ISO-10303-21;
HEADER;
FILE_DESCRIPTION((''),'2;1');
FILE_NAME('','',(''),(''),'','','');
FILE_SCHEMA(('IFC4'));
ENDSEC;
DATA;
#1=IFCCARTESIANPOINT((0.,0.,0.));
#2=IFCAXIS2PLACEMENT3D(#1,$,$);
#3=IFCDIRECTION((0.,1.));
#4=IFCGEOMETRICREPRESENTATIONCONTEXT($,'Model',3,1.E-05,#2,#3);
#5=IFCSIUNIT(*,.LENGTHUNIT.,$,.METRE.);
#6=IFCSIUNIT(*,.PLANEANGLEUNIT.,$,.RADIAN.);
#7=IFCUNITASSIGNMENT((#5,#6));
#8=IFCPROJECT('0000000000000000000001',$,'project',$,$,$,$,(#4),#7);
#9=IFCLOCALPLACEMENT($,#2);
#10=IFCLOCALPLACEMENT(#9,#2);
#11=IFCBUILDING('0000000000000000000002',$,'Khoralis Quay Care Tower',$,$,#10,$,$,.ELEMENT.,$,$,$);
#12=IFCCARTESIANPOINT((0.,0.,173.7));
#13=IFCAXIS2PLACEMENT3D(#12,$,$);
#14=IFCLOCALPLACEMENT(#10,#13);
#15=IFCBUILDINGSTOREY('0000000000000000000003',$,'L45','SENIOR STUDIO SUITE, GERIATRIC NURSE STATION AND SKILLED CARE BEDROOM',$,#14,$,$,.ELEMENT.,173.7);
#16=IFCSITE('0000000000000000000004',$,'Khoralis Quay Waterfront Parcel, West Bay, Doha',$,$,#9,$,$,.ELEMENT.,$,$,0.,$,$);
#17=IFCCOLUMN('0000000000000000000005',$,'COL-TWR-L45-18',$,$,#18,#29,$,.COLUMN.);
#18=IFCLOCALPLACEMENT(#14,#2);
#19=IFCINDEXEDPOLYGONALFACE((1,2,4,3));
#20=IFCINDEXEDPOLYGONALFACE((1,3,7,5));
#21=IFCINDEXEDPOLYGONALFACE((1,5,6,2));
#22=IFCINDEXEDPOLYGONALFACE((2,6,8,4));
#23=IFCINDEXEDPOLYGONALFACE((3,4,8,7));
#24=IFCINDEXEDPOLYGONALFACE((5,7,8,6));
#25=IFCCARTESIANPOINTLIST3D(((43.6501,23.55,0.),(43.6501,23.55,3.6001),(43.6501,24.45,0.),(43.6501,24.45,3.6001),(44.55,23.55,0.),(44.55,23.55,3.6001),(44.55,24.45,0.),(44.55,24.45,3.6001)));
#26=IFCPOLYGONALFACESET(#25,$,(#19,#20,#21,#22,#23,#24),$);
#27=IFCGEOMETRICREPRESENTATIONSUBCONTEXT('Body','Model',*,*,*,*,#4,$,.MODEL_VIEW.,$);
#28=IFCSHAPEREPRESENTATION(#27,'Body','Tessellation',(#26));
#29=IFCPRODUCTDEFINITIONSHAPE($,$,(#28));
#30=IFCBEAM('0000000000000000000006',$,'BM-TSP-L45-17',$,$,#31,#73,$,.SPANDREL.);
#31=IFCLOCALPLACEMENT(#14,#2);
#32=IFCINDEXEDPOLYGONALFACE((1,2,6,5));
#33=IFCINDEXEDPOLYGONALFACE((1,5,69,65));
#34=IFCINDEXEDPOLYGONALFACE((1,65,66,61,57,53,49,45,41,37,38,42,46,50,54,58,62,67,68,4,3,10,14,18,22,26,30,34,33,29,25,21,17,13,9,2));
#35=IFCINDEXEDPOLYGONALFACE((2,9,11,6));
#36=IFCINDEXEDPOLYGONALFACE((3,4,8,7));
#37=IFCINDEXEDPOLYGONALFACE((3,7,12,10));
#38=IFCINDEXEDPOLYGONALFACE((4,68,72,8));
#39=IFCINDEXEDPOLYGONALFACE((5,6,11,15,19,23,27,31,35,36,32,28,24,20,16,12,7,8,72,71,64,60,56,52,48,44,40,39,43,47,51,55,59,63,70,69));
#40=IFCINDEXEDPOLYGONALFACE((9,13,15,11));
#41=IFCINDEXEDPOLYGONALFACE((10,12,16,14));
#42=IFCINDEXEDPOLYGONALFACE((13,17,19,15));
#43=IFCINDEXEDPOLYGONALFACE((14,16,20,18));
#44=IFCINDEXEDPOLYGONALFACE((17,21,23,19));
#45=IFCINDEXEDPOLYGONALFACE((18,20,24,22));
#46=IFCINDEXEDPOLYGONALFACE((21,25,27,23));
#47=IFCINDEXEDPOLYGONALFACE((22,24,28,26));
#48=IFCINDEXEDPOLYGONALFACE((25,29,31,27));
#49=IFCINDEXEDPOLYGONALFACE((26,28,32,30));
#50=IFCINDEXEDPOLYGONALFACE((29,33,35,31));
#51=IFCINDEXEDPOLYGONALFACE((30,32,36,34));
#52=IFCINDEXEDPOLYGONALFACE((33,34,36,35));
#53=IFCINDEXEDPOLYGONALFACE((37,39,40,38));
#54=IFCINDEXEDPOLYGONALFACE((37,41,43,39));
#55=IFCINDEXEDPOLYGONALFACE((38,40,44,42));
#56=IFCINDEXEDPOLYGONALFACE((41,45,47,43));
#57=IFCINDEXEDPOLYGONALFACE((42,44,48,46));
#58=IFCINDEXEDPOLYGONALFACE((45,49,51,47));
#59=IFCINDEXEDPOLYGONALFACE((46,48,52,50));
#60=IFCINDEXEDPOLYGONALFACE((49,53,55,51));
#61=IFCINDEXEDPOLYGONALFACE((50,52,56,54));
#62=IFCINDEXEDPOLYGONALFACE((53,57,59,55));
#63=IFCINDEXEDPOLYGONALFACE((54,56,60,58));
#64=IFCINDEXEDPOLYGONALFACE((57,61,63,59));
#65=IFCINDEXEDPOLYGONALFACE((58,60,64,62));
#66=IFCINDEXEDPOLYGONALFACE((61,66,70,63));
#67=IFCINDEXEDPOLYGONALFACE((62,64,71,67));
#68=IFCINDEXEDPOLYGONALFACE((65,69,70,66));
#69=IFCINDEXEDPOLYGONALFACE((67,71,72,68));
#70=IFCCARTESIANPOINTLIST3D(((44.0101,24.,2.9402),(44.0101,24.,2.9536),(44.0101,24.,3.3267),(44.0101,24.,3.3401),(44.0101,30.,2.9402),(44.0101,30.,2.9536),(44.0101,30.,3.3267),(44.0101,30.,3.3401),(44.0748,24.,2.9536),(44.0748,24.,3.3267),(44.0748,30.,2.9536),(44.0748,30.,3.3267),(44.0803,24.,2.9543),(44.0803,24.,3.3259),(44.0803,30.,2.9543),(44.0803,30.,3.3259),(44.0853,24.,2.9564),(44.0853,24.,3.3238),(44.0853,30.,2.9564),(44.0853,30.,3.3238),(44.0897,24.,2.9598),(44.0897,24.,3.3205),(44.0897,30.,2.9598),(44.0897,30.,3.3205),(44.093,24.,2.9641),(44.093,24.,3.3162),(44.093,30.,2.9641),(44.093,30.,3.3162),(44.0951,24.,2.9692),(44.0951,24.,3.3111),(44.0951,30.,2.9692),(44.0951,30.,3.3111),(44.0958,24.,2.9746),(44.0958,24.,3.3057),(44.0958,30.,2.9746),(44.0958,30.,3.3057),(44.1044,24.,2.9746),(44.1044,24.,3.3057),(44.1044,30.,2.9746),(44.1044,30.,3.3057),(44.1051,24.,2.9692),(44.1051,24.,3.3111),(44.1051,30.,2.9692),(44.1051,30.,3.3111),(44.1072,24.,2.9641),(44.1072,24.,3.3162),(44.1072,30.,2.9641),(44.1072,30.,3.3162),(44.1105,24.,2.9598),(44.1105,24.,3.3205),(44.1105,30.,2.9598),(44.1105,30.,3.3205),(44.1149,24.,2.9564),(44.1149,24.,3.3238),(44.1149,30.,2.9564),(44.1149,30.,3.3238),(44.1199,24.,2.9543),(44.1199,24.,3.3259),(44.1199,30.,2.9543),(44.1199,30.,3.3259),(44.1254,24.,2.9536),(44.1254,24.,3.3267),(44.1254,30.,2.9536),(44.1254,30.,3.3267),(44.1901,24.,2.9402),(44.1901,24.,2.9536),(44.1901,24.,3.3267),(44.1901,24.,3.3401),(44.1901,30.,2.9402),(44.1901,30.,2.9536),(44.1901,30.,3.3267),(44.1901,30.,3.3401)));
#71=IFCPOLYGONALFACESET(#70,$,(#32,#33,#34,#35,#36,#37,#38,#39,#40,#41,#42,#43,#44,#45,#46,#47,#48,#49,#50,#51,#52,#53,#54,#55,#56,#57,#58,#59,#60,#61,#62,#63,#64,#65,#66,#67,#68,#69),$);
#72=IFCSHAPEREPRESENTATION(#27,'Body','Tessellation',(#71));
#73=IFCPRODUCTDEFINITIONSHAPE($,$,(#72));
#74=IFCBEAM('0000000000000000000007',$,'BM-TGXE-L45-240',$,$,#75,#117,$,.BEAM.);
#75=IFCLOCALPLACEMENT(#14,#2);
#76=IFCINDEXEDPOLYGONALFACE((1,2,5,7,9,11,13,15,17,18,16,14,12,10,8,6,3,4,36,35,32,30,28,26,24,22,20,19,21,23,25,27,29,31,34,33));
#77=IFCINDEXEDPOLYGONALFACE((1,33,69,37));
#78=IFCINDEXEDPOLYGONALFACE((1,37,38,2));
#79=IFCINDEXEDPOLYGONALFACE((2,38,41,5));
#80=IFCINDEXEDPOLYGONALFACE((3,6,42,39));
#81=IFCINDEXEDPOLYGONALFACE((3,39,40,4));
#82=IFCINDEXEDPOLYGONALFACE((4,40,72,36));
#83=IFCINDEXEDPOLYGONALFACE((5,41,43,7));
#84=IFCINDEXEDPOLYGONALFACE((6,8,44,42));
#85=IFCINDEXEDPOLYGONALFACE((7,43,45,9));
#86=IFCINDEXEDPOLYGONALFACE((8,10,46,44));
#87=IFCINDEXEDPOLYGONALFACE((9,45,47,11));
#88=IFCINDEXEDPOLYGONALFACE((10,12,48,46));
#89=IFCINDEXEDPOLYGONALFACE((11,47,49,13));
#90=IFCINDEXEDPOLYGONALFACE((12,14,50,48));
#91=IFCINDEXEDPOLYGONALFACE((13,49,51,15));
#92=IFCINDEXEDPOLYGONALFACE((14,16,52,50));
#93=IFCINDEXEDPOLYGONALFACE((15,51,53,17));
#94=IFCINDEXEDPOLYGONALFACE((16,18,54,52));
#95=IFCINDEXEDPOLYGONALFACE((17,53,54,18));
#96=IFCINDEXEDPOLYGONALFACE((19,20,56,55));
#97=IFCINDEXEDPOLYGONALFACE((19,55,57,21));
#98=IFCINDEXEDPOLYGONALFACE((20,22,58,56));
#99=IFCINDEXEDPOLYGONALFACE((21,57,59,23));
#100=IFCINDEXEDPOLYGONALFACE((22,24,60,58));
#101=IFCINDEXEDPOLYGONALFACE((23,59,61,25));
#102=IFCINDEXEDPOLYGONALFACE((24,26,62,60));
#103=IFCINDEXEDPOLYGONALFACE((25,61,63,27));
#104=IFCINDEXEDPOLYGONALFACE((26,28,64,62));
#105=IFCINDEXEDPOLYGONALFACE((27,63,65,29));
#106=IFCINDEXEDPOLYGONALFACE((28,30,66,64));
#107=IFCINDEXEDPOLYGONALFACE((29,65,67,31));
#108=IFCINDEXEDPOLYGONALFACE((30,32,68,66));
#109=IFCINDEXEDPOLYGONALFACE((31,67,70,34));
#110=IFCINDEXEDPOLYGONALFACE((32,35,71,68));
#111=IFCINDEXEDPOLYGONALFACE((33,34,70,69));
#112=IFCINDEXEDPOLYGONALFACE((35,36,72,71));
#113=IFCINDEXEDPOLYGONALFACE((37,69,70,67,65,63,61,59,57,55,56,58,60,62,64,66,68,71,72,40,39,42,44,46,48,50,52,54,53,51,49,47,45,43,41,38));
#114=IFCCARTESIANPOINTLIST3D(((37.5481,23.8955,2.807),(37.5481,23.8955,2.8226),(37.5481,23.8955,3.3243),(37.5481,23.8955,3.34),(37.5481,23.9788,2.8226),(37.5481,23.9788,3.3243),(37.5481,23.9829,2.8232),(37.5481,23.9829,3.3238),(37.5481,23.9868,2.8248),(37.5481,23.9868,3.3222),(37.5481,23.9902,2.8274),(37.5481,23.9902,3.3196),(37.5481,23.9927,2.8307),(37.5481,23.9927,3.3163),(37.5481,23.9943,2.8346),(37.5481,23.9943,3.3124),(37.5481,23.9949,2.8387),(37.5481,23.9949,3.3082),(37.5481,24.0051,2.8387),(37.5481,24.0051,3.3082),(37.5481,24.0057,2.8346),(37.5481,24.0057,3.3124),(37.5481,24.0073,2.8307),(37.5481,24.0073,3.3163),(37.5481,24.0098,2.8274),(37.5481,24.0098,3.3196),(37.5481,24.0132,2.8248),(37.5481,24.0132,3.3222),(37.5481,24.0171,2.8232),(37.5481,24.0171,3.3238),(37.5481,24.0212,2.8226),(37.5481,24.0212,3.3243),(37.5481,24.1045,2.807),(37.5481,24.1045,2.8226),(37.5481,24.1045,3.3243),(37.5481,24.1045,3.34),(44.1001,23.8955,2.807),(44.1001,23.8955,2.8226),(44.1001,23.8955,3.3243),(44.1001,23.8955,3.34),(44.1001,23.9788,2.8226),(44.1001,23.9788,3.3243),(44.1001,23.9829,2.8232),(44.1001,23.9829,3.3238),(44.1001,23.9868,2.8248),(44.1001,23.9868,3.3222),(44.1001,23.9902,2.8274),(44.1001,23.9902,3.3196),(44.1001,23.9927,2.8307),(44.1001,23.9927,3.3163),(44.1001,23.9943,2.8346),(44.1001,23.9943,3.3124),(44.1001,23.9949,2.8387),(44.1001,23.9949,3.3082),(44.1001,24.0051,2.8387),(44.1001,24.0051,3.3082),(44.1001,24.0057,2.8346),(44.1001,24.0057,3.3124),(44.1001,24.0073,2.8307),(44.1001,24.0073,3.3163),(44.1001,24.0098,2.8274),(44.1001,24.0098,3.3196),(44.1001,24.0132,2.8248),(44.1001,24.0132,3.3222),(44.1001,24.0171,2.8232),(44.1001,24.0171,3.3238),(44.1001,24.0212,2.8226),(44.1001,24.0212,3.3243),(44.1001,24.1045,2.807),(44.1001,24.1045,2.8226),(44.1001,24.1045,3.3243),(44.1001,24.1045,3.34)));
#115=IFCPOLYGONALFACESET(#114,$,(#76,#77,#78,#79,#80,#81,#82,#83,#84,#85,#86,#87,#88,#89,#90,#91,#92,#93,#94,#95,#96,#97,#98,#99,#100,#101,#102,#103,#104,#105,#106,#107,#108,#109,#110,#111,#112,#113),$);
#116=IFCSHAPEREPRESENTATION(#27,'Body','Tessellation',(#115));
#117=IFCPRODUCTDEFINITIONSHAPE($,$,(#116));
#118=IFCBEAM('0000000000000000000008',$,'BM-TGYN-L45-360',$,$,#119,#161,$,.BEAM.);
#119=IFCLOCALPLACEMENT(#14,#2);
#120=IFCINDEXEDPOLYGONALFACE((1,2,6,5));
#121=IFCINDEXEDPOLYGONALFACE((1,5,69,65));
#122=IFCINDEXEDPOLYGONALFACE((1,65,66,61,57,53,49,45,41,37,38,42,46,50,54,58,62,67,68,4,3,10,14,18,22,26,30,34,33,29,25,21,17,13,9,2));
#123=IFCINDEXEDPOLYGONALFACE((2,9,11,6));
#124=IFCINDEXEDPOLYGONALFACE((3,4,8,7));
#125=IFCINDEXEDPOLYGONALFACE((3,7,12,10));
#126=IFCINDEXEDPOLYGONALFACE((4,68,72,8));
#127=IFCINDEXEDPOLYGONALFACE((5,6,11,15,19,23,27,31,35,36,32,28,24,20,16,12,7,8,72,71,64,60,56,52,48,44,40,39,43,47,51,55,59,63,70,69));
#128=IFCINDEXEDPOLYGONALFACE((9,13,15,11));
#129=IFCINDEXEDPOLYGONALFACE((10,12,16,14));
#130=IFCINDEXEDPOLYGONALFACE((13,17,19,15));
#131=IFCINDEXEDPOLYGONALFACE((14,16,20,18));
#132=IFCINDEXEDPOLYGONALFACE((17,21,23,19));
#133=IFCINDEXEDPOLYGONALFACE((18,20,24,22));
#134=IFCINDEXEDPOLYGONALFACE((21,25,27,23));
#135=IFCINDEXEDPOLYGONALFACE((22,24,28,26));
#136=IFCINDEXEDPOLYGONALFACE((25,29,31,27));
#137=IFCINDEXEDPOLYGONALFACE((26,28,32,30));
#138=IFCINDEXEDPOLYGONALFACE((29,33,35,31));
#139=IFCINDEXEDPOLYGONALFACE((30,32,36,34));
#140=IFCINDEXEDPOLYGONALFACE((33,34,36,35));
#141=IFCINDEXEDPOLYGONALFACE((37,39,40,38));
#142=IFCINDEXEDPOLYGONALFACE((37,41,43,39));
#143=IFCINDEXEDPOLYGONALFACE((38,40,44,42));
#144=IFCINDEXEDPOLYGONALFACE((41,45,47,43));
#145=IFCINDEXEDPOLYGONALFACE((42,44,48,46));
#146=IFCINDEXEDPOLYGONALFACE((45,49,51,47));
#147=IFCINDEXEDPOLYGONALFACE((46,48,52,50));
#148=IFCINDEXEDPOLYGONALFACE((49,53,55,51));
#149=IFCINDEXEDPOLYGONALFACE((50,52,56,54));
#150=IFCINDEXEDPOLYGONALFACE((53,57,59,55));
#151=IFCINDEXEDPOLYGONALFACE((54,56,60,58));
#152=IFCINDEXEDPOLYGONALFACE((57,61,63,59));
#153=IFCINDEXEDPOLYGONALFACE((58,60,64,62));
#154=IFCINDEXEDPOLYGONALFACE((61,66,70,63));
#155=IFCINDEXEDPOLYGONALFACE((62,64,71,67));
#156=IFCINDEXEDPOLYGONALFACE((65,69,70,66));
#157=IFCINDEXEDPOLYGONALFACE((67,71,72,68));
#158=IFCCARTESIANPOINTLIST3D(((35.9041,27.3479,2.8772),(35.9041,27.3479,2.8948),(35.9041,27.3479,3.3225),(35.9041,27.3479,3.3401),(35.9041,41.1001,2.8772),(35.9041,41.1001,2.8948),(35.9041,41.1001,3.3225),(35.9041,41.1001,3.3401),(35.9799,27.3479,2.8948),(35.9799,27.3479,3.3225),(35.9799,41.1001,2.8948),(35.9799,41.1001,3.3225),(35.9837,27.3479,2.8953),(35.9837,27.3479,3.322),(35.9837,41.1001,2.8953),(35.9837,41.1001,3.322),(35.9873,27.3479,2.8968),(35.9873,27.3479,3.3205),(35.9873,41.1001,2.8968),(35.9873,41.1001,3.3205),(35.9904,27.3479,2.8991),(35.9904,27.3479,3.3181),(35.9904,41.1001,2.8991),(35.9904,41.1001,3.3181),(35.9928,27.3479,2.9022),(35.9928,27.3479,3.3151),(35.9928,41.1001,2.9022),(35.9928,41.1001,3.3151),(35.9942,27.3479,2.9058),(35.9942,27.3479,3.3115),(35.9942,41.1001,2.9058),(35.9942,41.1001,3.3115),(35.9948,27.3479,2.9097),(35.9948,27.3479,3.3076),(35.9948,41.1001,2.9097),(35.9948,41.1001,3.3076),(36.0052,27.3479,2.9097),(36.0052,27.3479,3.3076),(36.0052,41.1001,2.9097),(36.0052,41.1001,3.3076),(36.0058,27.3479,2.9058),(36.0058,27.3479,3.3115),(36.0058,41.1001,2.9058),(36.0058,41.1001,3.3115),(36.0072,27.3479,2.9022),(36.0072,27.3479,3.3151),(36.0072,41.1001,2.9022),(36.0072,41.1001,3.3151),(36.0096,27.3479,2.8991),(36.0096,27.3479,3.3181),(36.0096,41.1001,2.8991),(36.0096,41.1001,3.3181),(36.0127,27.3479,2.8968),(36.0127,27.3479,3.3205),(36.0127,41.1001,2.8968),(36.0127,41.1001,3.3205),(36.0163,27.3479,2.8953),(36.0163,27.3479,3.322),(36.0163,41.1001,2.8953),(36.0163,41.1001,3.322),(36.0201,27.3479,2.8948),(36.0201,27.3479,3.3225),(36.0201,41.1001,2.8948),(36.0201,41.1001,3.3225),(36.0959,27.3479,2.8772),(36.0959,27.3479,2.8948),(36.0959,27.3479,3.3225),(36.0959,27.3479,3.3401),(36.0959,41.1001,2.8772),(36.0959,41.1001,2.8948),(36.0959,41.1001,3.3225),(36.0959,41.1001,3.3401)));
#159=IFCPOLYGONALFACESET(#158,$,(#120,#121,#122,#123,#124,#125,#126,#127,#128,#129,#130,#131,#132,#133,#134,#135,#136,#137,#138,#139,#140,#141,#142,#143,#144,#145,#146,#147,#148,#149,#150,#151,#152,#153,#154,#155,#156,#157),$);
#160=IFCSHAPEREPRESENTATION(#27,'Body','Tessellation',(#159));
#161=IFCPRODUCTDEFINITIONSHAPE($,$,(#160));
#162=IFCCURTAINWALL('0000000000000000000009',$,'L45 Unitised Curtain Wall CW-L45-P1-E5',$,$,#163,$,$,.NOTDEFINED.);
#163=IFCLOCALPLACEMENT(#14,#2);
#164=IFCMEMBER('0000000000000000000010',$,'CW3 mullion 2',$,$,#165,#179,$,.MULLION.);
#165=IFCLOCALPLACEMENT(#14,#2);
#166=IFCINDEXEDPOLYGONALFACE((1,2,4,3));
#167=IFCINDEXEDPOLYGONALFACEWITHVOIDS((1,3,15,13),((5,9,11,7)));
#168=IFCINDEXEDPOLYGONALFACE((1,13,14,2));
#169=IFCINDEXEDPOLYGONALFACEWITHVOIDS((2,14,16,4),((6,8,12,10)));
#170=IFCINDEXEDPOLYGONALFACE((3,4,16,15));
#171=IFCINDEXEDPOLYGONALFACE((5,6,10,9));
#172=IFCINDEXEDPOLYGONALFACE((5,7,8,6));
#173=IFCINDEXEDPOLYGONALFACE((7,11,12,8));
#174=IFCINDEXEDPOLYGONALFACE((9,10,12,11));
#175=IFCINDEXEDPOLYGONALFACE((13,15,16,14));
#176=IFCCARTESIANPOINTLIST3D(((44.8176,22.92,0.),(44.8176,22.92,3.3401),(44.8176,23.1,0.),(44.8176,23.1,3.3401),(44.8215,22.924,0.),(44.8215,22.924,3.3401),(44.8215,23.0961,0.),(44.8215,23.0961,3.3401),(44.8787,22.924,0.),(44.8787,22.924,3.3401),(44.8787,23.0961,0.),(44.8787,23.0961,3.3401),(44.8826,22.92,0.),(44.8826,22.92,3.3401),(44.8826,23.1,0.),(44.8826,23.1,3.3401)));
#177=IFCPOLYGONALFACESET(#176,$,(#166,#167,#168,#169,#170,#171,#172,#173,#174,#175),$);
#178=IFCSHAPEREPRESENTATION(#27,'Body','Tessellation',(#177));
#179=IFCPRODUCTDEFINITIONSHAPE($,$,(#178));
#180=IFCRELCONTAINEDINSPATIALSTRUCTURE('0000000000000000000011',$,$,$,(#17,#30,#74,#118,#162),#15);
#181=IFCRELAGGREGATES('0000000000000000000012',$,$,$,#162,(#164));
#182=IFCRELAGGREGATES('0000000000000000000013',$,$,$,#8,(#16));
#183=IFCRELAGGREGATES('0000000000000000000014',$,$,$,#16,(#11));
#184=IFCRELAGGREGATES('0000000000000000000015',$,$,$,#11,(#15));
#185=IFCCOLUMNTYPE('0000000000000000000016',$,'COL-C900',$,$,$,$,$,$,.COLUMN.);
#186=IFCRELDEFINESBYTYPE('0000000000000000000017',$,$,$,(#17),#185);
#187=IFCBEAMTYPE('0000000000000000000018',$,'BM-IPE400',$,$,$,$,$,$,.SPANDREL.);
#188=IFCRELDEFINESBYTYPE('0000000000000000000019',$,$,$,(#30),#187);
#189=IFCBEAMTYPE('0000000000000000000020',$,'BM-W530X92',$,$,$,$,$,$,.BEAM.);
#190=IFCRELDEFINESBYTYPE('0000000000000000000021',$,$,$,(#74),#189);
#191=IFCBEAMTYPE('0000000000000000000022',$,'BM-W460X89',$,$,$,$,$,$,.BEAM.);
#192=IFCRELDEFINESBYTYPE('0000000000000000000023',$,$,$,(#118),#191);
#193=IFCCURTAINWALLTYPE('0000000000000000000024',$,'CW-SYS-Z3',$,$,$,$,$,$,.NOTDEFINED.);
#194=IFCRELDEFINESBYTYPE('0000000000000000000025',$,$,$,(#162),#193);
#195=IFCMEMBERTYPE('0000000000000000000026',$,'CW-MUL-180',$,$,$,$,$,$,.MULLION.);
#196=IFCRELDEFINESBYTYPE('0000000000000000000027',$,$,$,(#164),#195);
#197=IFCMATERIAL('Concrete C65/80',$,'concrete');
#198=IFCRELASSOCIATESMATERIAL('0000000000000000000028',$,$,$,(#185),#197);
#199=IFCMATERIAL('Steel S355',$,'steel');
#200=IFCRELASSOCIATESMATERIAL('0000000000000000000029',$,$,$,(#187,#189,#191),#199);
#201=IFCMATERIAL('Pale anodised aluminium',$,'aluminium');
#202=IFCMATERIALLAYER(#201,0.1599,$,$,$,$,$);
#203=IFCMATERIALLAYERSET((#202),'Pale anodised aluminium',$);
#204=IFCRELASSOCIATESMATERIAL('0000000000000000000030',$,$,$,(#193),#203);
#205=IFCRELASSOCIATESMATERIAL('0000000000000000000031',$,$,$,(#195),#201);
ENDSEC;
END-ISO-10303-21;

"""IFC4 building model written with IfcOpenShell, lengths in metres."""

from ifc_helpers import new_model, si_unit, direction, frame, origin, origin_2d, place, context, subcontext, project, spatial, rectangle, hollow_rectangle, i_section, extrude, source, transform, mapped, material, layer, layer_set, material_profile, profile_set, type_object, element, aggregate, save


model = new_model("IFC4")

# Units and contexts
model_context = context("Model", 3, precision=1e-05, world=origin(), true_north=direction((0.0, 1.0)))
body_context = subcontext(model_context, "Body", "Model", "MODEL_VIEW")
ifc_project = project(units=[si_unit("LENGTHUNIT", "METRE"), si_unit("PLANEANGLEUNIT", "RADIAN")], contexts=[model_context])

# Site, building, storey
site_placement = place(None, origin())
site = spatial("IfcSite", under=ifc_project, at=site_placement, Name="Khoralis Quay Waterfront Parcel, West Bay, Doha", CompositionType="ELEMENT", RefElevation=0.0)
building_placement = place(site_placement, origin())
building = spatial("IfcBuilding", under=site, at=building_placement, Name="Khoralis Quay Care Tower", CompositionType="ELEMENT")
storey_placement = place(building_placement, frame((0.0, 0.0, 173.7)))
storey = spatial("IfcBuildingStorey", under=building, at=storey_placement, Name="L45", Description="SENIOR STUDIO SUITE, GERIATRIC NURSE STATION AND SKILLED CARE BEDROOM", CompositionType="ELEMENT", Elevation=173.7)

# Column
ifc_material_1 = material(Name="Concrete C65/80", Category="concrete")
ifc_material_profile_1 = material_profile(ifc_material_1, rectangle(XDim=0.8999, YDim=0.8999, at=origin_2d()), Name="Concrete C65/80")
ifc_profile_set_1 = profile_set([ifc_material_profile_1], Name="Concrete C65/80")
column_type = type_object("IfcColumnType", Name="COL-C900", PredefinedType="COLUMN", material=ifc_profile_set_1)
shared_shape_1 = source(origin(), body_context, "Body", "SweptSolid", [
    extrude(rectangle(XDim=0.8999, YDim=0.8999, at=origin_2d()), origin(), (0.0, 0.0, 1.0), 3.6001),
])
column_placement = place(storey_placement, frame((44.1001, 24.0, 0.0), z_axis=(0.0, 0.0, 1.0), x_axis=(1.0, 0.0, 0.0)))
element("IfcColumn", 1, at=column_placement, inside=storey, type_object=column_type, Name="COL-TWR-L45-18", PredefinedType="COLUMN", context=body_context, shape_type="MappedRepresentation", body=[
    mapped(shared_shape_1, transform((0.0, 0.0, 0.0), scale=1.0)),
])

# Beams
ifc_material_2 = material(Name="Steel S355", Category="steel")
ifc_material_profile_2 = material_profile(ifc_material_2, i_section(OverallWidth=0.1799, OverallDepth=0.3999, WebThickness=0.0085, FlangeThickness=0.0134, FilletRadius=0.021, at=origin_2d()), Name="Steel S355")
ifc_profile_set_2 = profile_set([ifc_material_profile_2], Name="Steel S355")
beam_type_1 = type_object("IfcBeamType", Name="BM-IPE400", PredefinedType="SPANDREL", material=ifc_profile_set_2)
shared_shape_2 = source(origin(), body_context, "Body", "SweptSolid", [
    extrude(i_section(OverallWidth=0.1799, OverallDepth=0.3999, WebThickness=0.0085, FlangeThickness=0.0134, FilletRadius=0.021, at=origin_2d()), origin(), (0.0, 0.0, 1.0), 6.0),
])
beam_1_placement = place(storey_placement, frame((44.1001, 24.0, 3.1401), z_axis=(0.0, 1.0, 0.0), x_axis=(-1.0, 0.0, 0.0)))
element("IfcBeam", 2, at=beam_1_placement, inside=storey, type_object=beam_type_1, Name="BM-TSP-L45-17", PredefinedType="SPANDREL", context=body_context, shape_type="MappedRepresentation", body=[
    mapped(shared_shape_2, transform((0.0, 0.0, 0.0), scale=1.0)),
])
ifc_material_profile_3 = material_profile(ifc_material_2, i_section(OverallWidth=0.209, OverallDepth=0.533, WebThickness=0.0103, FlangeThickness=0.0156, FilletRadius=0.0161, at=origin_2d()), Name="Steel S355")
ifc_profile_set_3 = profile_set([ifc_material_profile_3], Name="Steel S355")
beam_type_2 = type_object("IfcBeamType", Name="BM-W530X92", PredefinedType="BEAM", material=ifc_profile_set_3)
shared_shape_3 = source(origin(), body_context, "Body", "SweptSolid", [
    extrude(i_section(OverallWidth=0.209, OverallDepth=0.533, WebThickness=0.0103, FlangeThickness=0.0156, FilletRadius=0.0161, at=origin_2d()), origin(), (0.0, 0.0, 1.0), 6.552),
])
beam_2_placement = place(storey_placement, frame((37.5481, 24.0, 3.0735), z_axis=(1.0, 0.0, 0.0), x_axis=(0.0, 1.0, 0.0)))
element("IfcBeam", 3, at=beam_2_placement, inside=storey, type_object=beam_type_2, Name="BM-TGXE-L45-240", PredefinedType="BEAM", context=body_context, shape_type="MappedRepresentation", body=[
    mapped(shared_shape_3, transform((0.0, 0.0, 0.0), scale=1.0)),
])
ifc_material_profile_4 = material_profile(ifc_material_2, i_section(OverallWidth=0.1919, OverallDepth=0.4629, WebThickness=0.0105, FlangeThickness=0.0176, FilletRadius=0.0149, at=origin_2d()), Name="Steel S355")
ifc_profile_set_4 = profile_set([ifc_material_profile_4], Name="Steel S355")
beam_type_3 = type_object("IfcBeamType", Name="BM-W460X89", PredefinedType="BEAM", material=ifc_profile_set_4)
shared_shape_4 = source(origin(), body_context, "Body", "SweptSolid", [
    extrude(i_section(OverallWidth=0.1919, OverallDepth=0.4629, WebThickness=0.0105, FlangeThickness=0.0176, FilletRadius=0.0149, at=origin_2d()), origin(), (0.0, 0.0, 1.0), 13.7522),
])
beam_3_placement = place(storey_placement, frame((36.0, 27.3479, 3.1086), z_axis=(0.0, 1.0, 0.0), x_axis=(-1.0, 0.0, 0.0)))
element("IfcBeam", 4, at=beam_3_placement, inside=storey, type_object=beam_type_3, Name="BM-TGYN-L45-360", PredefinedType="BEAM", context=body_context, shape_type="MappedRepresentation", body=[
    mapped(shared_shape_4, transform((0.0, 0.0, 0.0), scale=1.0)),
])

# Curtain wall, member
ifc_material_3 = material(Name="Pale anodised aluminium", Category="aluminium")
ifc_layer_1 = layer(ifc_material_3, 0.1599)
ifc_layer_set_1 = layer_set([ifc_layer_1], Name="Pale anodised aluminium")
curtain_wall_type = type_object("IfcCurtainWallType", Name="CW-SYS-Z3", PredefinedType="NOTDEFINED", material=ifc_layer_set_1)
curtain_wall_placement = place(storey_placement, origin())
curtain_wall = element("IfcCurtainWall", 5, at=curtain_wall_placement, inside=storey, type_object=curtain_wall_type, Name="L45 Unitised Curtain Wall CW-L45-P1-E5", PredefinedType="NOTDEFINED")
ifc_material_profile_5 = material_profile(ifc_material_3, hollow_rectangle(XDim=0.0649, YDim=0.1799, WallThickness=0.0039, at=origin_2d()), Name="Pale anodised aluminium")
ifc_profile_set_5 = profile_set([ifc_material_profile_5], Name="Pale anodised aluminium")
member_type_1 = type_object("IfcMemberType", Name="CW-MUL-180", PredefinedType="MULLION", material=ifc_profile_set_5)
shared_shape_5 = source(origin(), body_context, "Body", "SweptSolid", [
    extrude(hollow_rectangle(XDim=0.0649, YDim=0.1799, WallThickness=0.0039, at=origin_2d()), origin(), (0.0, 0.0, 1.0), 3.3401),
])
member_1_placement = place(storey_placement, frame((44.8501, 23.01, 0.0), z_axis=(0.0, 0.0, 1.0), x_axis=(-1.0, 0.0, 0.0)))
member_1 = element("IfcMember", 6, at=member_1_placement, type_object=member_type_1, Name="CW3 mullion 2", PredefinedType="MULLION", context=body_context, shape_type="MappedRepresentation", body=[
    mapped(shared_shape_5, transform((0.0, 0.0, 0.0), scale=1.0)),
])
aggregate(curtain_wall, [member_1])

save(model, "model.ifc")
